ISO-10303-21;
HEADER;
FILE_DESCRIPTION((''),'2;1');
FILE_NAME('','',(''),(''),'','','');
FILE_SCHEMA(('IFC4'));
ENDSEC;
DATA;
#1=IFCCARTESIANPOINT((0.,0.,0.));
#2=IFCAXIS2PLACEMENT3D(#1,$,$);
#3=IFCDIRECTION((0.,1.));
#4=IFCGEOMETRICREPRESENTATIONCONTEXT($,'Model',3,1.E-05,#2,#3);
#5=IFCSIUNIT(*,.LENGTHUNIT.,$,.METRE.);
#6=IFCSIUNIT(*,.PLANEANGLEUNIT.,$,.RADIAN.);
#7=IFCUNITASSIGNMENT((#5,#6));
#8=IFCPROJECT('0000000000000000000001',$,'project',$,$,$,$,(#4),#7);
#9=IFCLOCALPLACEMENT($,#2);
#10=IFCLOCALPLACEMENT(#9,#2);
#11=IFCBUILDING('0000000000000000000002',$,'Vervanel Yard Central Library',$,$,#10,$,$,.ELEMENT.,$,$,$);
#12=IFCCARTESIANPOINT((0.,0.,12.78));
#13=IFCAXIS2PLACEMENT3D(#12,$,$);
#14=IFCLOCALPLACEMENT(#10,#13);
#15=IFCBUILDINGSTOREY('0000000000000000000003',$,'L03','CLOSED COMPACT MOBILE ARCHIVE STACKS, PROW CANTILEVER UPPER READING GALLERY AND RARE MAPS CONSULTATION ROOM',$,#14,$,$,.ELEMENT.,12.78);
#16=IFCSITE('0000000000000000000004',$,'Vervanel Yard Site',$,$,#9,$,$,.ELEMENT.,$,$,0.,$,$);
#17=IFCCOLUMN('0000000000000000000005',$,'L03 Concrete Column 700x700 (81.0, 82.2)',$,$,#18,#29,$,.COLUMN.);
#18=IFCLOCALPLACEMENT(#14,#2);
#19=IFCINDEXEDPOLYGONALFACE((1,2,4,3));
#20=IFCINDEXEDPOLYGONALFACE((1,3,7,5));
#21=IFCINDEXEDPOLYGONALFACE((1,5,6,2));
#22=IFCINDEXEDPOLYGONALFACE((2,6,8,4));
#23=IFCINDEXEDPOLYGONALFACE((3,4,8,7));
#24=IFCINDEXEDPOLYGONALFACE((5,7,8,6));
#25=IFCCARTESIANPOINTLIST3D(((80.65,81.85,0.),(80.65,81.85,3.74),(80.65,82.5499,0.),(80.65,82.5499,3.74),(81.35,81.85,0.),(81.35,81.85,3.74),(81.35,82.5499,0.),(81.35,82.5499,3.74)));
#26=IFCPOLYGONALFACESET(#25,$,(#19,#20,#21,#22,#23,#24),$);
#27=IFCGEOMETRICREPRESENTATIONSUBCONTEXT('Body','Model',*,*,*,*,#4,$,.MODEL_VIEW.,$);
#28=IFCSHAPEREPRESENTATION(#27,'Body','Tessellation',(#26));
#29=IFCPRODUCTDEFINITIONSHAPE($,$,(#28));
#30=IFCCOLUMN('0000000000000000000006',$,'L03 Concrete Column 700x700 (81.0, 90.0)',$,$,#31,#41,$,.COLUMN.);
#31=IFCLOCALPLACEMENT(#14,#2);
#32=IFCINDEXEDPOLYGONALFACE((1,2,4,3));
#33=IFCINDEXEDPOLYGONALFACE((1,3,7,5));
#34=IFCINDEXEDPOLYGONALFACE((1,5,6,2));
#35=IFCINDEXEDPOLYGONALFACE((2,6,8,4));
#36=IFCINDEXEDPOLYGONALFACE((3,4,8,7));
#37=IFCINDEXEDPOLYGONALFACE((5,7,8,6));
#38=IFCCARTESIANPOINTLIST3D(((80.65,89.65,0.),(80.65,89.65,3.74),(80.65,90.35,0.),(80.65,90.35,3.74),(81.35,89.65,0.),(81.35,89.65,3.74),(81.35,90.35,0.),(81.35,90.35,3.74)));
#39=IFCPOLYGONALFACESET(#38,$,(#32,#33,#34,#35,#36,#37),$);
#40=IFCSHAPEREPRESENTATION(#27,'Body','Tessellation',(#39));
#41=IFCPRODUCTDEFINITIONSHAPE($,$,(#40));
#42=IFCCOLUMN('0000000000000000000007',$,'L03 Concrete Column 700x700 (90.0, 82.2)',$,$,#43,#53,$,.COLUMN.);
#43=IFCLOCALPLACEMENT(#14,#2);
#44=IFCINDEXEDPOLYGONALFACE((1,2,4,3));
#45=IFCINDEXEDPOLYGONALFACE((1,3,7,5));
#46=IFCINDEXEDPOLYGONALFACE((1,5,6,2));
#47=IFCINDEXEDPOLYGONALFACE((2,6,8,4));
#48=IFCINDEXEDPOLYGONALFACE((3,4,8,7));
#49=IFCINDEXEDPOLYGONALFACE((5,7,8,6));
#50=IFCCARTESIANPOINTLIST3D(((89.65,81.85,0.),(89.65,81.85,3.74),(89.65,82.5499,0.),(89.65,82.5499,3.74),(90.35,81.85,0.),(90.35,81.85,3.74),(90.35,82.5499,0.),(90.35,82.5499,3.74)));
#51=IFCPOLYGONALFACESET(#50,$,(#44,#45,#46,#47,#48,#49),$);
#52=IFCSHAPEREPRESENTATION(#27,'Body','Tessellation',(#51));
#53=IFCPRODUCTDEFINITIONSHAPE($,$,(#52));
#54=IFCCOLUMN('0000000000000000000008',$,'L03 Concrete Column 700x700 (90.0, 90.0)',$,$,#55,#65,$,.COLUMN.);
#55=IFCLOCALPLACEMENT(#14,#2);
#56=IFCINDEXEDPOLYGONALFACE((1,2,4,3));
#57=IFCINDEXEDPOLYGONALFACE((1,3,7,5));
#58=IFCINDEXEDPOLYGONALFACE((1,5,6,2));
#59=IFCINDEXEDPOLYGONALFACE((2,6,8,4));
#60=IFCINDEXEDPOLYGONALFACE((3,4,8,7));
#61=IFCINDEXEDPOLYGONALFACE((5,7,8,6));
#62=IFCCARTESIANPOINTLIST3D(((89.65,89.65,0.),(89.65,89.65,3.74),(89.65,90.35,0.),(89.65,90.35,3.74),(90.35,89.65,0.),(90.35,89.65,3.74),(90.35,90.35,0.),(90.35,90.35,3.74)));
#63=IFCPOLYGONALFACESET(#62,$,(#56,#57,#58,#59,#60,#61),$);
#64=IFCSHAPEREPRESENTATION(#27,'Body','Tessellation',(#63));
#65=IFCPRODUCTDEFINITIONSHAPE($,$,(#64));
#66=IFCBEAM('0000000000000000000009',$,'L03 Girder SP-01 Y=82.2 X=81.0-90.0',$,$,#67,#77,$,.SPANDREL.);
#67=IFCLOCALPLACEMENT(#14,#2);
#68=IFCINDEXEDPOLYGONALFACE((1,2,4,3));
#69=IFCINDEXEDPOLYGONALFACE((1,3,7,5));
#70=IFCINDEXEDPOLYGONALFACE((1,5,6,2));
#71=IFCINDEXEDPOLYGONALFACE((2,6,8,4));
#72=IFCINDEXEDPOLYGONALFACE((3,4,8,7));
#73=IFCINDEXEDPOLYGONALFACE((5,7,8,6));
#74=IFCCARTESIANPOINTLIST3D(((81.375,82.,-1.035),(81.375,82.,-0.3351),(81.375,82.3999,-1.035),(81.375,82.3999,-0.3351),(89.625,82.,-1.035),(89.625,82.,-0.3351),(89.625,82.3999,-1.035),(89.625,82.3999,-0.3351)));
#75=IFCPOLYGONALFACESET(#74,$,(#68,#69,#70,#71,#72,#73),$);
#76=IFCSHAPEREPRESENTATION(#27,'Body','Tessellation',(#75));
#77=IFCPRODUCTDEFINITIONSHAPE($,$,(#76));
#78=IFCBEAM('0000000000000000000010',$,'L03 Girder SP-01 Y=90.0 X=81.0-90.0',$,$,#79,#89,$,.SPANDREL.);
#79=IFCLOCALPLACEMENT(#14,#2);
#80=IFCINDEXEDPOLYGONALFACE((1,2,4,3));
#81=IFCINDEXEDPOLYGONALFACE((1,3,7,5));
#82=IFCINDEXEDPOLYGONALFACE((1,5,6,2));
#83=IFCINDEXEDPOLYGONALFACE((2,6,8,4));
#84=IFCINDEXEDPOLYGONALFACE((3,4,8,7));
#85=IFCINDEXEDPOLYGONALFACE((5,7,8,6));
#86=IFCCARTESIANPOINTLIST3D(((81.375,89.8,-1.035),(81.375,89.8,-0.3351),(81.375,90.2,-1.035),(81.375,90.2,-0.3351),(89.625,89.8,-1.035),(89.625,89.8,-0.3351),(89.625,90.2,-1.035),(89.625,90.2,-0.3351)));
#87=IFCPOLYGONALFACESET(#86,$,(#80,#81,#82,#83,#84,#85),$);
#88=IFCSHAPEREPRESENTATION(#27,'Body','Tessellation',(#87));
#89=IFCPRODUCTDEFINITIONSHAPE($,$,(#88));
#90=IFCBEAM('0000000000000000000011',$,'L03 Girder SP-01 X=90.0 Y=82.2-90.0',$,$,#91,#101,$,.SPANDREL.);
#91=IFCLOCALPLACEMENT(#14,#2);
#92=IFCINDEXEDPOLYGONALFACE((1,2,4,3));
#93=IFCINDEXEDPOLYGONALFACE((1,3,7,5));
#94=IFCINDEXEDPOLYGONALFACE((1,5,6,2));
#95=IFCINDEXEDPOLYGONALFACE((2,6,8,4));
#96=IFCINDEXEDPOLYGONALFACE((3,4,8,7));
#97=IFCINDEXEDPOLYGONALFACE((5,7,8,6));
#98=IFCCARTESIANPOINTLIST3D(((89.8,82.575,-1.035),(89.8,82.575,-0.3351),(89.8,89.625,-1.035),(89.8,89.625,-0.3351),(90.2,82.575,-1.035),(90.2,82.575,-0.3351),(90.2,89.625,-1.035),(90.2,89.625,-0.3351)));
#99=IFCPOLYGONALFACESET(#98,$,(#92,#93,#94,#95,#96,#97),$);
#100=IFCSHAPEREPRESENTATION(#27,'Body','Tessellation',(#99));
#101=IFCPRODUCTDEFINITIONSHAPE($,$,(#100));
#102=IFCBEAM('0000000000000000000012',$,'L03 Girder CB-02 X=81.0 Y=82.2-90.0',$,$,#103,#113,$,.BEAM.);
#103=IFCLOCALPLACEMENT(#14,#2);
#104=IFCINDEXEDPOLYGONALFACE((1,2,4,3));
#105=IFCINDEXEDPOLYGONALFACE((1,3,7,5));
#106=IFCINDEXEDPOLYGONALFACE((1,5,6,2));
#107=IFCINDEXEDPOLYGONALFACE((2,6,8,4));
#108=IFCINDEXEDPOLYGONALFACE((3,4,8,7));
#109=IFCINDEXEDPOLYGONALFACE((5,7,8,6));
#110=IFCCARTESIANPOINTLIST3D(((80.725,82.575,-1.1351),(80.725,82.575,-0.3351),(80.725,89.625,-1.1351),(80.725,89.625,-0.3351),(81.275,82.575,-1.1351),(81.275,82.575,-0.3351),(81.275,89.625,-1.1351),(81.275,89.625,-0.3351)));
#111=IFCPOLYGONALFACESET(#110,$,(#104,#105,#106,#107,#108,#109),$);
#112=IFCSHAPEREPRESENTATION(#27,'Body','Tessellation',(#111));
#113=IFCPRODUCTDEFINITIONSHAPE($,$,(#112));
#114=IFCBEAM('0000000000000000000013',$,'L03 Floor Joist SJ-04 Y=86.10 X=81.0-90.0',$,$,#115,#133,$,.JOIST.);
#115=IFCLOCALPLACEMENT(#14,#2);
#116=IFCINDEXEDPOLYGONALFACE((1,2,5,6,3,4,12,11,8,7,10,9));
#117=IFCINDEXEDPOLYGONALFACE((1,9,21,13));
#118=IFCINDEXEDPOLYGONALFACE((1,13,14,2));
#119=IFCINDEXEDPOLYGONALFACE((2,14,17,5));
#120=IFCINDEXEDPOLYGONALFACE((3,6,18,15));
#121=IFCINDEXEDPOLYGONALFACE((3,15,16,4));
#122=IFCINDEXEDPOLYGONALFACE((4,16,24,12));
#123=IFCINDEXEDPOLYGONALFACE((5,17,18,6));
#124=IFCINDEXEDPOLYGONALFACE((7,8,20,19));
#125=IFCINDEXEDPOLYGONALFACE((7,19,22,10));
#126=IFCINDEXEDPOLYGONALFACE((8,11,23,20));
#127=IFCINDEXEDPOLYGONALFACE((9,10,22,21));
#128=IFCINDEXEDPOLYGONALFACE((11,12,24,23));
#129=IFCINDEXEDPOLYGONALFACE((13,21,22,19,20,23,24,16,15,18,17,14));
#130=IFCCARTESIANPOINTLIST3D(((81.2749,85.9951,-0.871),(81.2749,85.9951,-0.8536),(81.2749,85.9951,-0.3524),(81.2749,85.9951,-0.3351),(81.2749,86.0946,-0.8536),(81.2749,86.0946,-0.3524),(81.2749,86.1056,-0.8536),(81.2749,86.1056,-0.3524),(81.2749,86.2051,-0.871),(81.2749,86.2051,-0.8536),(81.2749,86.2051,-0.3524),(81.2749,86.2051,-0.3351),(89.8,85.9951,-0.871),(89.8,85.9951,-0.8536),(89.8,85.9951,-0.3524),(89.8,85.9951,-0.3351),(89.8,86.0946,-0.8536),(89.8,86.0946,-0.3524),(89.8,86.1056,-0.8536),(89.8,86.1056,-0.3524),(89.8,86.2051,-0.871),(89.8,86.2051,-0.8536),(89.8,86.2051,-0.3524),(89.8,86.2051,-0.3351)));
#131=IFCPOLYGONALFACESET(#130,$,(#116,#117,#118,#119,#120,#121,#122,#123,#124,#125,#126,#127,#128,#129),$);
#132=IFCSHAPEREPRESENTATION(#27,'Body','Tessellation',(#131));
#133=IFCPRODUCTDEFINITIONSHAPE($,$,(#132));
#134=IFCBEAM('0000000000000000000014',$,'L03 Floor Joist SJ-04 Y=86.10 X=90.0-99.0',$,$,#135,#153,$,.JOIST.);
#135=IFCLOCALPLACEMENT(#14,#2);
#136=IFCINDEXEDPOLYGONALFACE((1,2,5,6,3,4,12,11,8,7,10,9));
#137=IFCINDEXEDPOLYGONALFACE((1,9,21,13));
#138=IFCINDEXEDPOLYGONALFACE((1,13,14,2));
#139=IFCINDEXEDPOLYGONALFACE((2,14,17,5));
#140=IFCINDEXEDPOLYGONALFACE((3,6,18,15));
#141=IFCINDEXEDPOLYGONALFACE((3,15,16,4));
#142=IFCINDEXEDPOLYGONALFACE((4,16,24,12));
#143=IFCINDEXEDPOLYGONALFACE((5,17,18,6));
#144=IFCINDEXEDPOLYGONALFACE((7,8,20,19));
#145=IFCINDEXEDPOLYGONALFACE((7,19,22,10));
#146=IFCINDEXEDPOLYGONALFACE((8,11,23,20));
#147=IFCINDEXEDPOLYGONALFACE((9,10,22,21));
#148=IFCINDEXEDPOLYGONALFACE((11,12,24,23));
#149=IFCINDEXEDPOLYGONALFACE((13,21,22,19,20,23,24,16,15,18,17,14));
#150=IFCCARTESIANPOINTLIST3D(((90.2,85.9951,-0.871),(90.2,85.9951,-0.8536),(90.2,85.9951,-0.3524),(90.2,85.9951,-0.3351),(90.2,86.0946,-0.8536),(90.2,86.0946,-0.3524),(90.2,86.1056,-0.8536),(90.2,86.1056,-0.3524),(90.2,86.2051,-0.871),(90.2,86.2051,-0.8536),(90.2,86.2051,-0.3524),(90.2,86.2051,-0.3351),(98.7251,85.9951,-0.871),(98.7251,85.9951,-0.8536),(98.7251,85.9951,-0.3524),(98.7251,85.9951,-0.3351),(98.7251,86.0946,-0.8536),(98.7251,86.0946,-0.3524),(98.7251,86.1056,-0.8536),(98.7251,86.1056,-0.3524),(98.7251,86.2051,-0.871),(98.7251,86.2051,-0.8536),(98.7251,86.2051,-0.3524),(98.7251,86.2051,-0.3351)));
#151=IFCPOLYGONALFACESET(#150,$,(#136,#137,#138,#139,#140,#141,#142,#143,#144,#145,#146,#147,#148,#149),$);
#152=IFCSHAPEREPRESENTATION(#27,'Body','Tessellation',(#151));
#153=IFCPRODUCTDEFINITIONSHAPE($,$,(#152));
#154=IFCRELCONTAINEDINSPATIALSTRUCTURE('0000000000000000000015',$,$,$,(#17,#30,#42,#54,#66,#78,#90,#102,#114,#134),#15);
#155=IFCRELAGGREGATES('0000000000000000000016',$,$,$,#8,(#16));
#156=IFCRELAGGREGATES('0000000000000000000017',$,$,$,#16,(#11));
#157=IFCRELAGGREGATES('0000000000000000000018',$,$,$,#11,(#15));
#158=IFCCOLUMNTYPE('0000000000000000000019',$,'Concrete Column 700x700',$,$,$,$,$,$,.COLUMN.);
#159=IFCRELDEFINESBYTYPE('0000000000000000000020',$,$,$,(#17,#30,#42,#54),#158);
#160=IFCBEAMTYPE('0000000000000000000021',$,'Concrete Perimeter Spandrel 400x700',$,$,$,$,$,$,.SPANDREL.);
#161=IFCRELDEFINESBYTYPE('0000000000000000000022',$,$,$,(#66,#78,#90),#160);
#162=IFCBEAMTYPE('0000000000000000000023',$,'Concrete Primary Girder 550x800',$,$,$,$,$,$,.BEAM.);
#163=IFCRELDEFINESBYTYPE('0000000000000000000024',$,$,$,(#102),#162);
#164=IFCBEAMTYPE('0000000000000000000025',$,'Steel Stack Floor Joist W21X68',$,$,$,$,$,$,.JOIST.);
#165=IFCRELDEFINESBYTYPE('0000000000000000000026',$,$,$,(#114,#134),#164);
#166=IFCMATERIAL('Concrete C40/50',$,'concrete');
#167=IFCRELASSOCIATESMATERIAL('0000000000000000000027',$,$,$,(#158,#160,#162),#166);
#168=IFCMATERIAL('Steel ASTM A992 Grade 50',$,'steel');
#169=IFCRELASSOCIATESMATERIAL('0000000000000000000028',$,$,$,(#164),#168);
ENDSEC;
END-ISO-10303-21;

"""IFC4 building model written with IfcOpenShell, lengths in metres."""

from ifc_helpers import new_model, si_unit, direction, frame, origin, origin_2d, place, context, subcontext, project, spatial, rectangle, i_section, extrude, material, material_profile, profile_set, type_object, element, save


model = new_model("IFC4")

# Units and contexts
model_context = context("Model", 3, precision=1e-05, world=origin(), true_north=direction((0.0, 1.0)))
body_context = subcontext(model_context, "Body", "Model", "MODEL_VIEW")
ifc_project = project(units=[si_unit("LENGTHUNIT", "METRE"), si_unit("PLANEANGLEUNIT", "RADIAN")], contexts=[model_context])

# Site, building, storey
site_placement = place(None, origin())
site = spatial("IfcSite", under=ifc_project, at=site_placement, Name="Vervanel Yard Site", CompositionType="ELEMENT", RefElevation=0.0)
building_placement = place(site_placement, origin())
building = spatial("IfcBuilding", under=site, at=building_placement, Name="Vervanel Yard Central Library", CompositionType="ELEMENT")
storey_placement = place(building_placement, frame((0.0, 0.0, 12.78)))
storey = spatial("IfcBuildingStorey", under=building, at=storey_placement, Name="L03", Description="CLOSED COMPACT MOBILE ARCHIVE STACKS, PROW CANTILEVER UPPER READING GALLERY AND RARE MAPS CONSULTATION ROOM", CompositionType="ELEMENT", Elevation=12.78)

# Columns
ifc_material_1 = material(Name="Concrete C40/50", Category="concrete")
ifc_material_profile_1 = material_profile(ifc_material_1, rectangle(XDim=0.7, YDim=0.7, at=origin_2d()), Name="RC 700x700", Category="concrete")
ifc_profile_set_1 = profile_set([ifc_material_profile_1], Name="Concrete C40/50")
column_type = type_object("IfcColumnType", Name="Concrete Column 700x700", PredefinedType="COLUMN", material=ifc_profile_set_1)
for number, where, z_axis, x_axis, name in (
    (1, (81.0, 82.2, 0.0), (0.0, 0.0, 1.0), (1.0, 0.0, 0.0), "L03 Concrete Column 700x700 (81.0, 82.2)"),
    (2, (81.0, 90.0, 0.0), (0.0, 0.0, 1.0), (1.0, 0.0, 0.0), "L03 Concrete Column 700x700 (81.0, 90.0)"),
    (3, (90.0, 82.2, 0.0), (0.0, 0.0, 1.0), (1.0, 0.0, 0.0), "L03 Concrete Column 700x700 (90.0, 82.2)"),
    (4, (90.0, 90.0, 0.0), (0.0, 0.0, 1.0), (1.0, 0.0, 0.0), "L03 Concrete Column 700x700 (90.0, 90.0)"),
):
    element("IfcColumn", number, at=place(storey_placement, frame(where, z_axis=z_axis, x_axis=x_axis)), inside=storey, type_object=column_type, Name=name, PredefinedType="COLUMN", context=body_context, shape_type="SweptSolid", body=[
        extrude(rectangle(XDim=0.7, YDim=0.7, at=origin_2d()), origin(), (0.0, 0.0, 1.0), 3.74),
    ])

# Beams
ifc_material_profile_2 = material_profile(ifc_material_1, rectangle(XDim=0.3999, YDim=0.7, at=origin_2d()), Name="RC 400x700", Category="concrete")
ifc_profile_set_2 = profile_set([ifc_material_profile_2], Name="Concrete C40/50")
beam_type_1 = type_object("IfcBeamType", Name="Concrete Perimeter Spandrel 400x700", PredefinedType="SPANDREL", material=ifc_profile_set_2)
for number, where, z_axis, x_axis, name in (
    (5, (81.375, 82.2, -0.6851), (1.0, 0.0, 0.0), (0.0, 1.0, 0.0), "L03 Girder SP-01 Y=82.2 X=81.0-90.0"),
    (6, (81.375, 90.0, -0.6851), (1.0, 0.0, 0.0), (0.0, 1.0, 0.0), "L03 Girder SP-01 Y=90.0 X=81.0-90.0"),
):
    element("IfcBeam", number, at=place(storey_placement, frame(where, z_axis=z_axis, x_axis=x_axis)), inside=storey, type_object=beam_type_1, Name=name, PredefinedType="SPANDREL", context=body_context, shape_type="SweptSolid", body=[
        extrude(rectangle(XDim=0.3999, YDim=0.7, at=origin_2d()), origin(), (0.0, 0.0, 1.0), 8.25),
    ])
beam_1_placement = place(storey_placement, frame((90.0, 82.575, -0.6851), z_axis=(0.0, 1.0, 0.0), x_axis=(-1.0, 0.0, 0.0)))
element("IfcBeam", 7, at=beam_1_placement, inside=storey, type_object=beam_type_1, Name="L03 Girder SP-01 X=90.0 Y=82.2-90.0", PredefinedType="SPANDREL", context=body_context, shape_type="SweptSolid", body=[
    extrude(rectangle(XDim=0.3999, YDim=0.7, at=origin_2d()), origin(), (0.0, 0.0, 1.0), 7.05),
])
ifc_material_profile_3 = material_profile(ifc_material_1, rectangle(XDim=0.55, YDim=0.8, at=origin_2d()), Name="RC 550x800", Category="concrete")
ifc_profile_set_3 = profile_set([ifc_material_profile_3], Name="Concrete C40/50")
beam_type_2 = type_object("IfcBeamType", Name="Concrete Primary Girder 550x800", PredefinedType="BEAM", material=ifc_profile_set_3)
beam_2_placement = place(storey_placement, frame((81.0, 82.575, -0.7351), z_axis=(0.0, 1.0, 0.0), x_axis=(-1.0, 0.0, 0.0)))
element("IfcBeam", 8, at=beam_2_placement, inside=storey, type_object=beam_type_2, Name="L03 Girder CB-02 X=81.0 Y=82.2-90.0", PredefinedType="BEAM", context=body_context, shape_type="SweptSolid", body=[
    extrude(rectangle(XDim=0.55, YDim=0.8, at=origin_2d()), origin(), (0.0, 0.0, 1.0), 7.05),
])
ifc_material_2 = material(Name="Steel ASTM A992 Grade 50", Category="steel")
ifc_material_profile_4 = material_profile(ifc_material_2, i_section(OverallWidth=0.21, OverallDepth=0.5359, WebThickness=0.011, FlangeThickness=0.0173, at=origin_2d()), Name="W21X68", Category="steel")
ifc_profile_set_4 = profile_set([ifc_material_profile_4], Name="Steel ASTM A992 Grade 50")
beam_type_3 = type_object("IfcBeamType", Name="Steel Stack Floor Joist W21X68", PredefinedType="JOIST", material=ifc_profile_set_4)
for number, where, z_axis, x_axis, name in (
    (9, (81.2749, 86.1001, -0.603), (1.0, 0.0, 0.0), (0.0, 1.0, 0.0), "L03 Floor Joist SJ-04 Y=86.10 X=81.0-90.0"),
    (10, (90.2, 86.1001, -0.603), (1.0, 0.0, 0.0), (0.0, 1.0, 0.0), "L03 Floor Joist SJ-04 Y=86.10 X=90.0-99.0"),
):
    element("IfcBeam", number, at=place(storey_placement, frame(where, z_axis=z_axis, x_axis=x_axis)), inside=storey, type_object=beam_type_3, Name=name, PredefinedType="JOIST", context=body_context, shape_type="SweptSolid", body=[
        extrude(i_section(OverallWidth=0.21, OverallDepth=0.5359, WebThickness=0.011, FlangeThickness=0.0173, at=origin_2d()), origin(), (0.0, 0.0, 1.0), 8.5251),
    ])

save(model, "model.ifc")
